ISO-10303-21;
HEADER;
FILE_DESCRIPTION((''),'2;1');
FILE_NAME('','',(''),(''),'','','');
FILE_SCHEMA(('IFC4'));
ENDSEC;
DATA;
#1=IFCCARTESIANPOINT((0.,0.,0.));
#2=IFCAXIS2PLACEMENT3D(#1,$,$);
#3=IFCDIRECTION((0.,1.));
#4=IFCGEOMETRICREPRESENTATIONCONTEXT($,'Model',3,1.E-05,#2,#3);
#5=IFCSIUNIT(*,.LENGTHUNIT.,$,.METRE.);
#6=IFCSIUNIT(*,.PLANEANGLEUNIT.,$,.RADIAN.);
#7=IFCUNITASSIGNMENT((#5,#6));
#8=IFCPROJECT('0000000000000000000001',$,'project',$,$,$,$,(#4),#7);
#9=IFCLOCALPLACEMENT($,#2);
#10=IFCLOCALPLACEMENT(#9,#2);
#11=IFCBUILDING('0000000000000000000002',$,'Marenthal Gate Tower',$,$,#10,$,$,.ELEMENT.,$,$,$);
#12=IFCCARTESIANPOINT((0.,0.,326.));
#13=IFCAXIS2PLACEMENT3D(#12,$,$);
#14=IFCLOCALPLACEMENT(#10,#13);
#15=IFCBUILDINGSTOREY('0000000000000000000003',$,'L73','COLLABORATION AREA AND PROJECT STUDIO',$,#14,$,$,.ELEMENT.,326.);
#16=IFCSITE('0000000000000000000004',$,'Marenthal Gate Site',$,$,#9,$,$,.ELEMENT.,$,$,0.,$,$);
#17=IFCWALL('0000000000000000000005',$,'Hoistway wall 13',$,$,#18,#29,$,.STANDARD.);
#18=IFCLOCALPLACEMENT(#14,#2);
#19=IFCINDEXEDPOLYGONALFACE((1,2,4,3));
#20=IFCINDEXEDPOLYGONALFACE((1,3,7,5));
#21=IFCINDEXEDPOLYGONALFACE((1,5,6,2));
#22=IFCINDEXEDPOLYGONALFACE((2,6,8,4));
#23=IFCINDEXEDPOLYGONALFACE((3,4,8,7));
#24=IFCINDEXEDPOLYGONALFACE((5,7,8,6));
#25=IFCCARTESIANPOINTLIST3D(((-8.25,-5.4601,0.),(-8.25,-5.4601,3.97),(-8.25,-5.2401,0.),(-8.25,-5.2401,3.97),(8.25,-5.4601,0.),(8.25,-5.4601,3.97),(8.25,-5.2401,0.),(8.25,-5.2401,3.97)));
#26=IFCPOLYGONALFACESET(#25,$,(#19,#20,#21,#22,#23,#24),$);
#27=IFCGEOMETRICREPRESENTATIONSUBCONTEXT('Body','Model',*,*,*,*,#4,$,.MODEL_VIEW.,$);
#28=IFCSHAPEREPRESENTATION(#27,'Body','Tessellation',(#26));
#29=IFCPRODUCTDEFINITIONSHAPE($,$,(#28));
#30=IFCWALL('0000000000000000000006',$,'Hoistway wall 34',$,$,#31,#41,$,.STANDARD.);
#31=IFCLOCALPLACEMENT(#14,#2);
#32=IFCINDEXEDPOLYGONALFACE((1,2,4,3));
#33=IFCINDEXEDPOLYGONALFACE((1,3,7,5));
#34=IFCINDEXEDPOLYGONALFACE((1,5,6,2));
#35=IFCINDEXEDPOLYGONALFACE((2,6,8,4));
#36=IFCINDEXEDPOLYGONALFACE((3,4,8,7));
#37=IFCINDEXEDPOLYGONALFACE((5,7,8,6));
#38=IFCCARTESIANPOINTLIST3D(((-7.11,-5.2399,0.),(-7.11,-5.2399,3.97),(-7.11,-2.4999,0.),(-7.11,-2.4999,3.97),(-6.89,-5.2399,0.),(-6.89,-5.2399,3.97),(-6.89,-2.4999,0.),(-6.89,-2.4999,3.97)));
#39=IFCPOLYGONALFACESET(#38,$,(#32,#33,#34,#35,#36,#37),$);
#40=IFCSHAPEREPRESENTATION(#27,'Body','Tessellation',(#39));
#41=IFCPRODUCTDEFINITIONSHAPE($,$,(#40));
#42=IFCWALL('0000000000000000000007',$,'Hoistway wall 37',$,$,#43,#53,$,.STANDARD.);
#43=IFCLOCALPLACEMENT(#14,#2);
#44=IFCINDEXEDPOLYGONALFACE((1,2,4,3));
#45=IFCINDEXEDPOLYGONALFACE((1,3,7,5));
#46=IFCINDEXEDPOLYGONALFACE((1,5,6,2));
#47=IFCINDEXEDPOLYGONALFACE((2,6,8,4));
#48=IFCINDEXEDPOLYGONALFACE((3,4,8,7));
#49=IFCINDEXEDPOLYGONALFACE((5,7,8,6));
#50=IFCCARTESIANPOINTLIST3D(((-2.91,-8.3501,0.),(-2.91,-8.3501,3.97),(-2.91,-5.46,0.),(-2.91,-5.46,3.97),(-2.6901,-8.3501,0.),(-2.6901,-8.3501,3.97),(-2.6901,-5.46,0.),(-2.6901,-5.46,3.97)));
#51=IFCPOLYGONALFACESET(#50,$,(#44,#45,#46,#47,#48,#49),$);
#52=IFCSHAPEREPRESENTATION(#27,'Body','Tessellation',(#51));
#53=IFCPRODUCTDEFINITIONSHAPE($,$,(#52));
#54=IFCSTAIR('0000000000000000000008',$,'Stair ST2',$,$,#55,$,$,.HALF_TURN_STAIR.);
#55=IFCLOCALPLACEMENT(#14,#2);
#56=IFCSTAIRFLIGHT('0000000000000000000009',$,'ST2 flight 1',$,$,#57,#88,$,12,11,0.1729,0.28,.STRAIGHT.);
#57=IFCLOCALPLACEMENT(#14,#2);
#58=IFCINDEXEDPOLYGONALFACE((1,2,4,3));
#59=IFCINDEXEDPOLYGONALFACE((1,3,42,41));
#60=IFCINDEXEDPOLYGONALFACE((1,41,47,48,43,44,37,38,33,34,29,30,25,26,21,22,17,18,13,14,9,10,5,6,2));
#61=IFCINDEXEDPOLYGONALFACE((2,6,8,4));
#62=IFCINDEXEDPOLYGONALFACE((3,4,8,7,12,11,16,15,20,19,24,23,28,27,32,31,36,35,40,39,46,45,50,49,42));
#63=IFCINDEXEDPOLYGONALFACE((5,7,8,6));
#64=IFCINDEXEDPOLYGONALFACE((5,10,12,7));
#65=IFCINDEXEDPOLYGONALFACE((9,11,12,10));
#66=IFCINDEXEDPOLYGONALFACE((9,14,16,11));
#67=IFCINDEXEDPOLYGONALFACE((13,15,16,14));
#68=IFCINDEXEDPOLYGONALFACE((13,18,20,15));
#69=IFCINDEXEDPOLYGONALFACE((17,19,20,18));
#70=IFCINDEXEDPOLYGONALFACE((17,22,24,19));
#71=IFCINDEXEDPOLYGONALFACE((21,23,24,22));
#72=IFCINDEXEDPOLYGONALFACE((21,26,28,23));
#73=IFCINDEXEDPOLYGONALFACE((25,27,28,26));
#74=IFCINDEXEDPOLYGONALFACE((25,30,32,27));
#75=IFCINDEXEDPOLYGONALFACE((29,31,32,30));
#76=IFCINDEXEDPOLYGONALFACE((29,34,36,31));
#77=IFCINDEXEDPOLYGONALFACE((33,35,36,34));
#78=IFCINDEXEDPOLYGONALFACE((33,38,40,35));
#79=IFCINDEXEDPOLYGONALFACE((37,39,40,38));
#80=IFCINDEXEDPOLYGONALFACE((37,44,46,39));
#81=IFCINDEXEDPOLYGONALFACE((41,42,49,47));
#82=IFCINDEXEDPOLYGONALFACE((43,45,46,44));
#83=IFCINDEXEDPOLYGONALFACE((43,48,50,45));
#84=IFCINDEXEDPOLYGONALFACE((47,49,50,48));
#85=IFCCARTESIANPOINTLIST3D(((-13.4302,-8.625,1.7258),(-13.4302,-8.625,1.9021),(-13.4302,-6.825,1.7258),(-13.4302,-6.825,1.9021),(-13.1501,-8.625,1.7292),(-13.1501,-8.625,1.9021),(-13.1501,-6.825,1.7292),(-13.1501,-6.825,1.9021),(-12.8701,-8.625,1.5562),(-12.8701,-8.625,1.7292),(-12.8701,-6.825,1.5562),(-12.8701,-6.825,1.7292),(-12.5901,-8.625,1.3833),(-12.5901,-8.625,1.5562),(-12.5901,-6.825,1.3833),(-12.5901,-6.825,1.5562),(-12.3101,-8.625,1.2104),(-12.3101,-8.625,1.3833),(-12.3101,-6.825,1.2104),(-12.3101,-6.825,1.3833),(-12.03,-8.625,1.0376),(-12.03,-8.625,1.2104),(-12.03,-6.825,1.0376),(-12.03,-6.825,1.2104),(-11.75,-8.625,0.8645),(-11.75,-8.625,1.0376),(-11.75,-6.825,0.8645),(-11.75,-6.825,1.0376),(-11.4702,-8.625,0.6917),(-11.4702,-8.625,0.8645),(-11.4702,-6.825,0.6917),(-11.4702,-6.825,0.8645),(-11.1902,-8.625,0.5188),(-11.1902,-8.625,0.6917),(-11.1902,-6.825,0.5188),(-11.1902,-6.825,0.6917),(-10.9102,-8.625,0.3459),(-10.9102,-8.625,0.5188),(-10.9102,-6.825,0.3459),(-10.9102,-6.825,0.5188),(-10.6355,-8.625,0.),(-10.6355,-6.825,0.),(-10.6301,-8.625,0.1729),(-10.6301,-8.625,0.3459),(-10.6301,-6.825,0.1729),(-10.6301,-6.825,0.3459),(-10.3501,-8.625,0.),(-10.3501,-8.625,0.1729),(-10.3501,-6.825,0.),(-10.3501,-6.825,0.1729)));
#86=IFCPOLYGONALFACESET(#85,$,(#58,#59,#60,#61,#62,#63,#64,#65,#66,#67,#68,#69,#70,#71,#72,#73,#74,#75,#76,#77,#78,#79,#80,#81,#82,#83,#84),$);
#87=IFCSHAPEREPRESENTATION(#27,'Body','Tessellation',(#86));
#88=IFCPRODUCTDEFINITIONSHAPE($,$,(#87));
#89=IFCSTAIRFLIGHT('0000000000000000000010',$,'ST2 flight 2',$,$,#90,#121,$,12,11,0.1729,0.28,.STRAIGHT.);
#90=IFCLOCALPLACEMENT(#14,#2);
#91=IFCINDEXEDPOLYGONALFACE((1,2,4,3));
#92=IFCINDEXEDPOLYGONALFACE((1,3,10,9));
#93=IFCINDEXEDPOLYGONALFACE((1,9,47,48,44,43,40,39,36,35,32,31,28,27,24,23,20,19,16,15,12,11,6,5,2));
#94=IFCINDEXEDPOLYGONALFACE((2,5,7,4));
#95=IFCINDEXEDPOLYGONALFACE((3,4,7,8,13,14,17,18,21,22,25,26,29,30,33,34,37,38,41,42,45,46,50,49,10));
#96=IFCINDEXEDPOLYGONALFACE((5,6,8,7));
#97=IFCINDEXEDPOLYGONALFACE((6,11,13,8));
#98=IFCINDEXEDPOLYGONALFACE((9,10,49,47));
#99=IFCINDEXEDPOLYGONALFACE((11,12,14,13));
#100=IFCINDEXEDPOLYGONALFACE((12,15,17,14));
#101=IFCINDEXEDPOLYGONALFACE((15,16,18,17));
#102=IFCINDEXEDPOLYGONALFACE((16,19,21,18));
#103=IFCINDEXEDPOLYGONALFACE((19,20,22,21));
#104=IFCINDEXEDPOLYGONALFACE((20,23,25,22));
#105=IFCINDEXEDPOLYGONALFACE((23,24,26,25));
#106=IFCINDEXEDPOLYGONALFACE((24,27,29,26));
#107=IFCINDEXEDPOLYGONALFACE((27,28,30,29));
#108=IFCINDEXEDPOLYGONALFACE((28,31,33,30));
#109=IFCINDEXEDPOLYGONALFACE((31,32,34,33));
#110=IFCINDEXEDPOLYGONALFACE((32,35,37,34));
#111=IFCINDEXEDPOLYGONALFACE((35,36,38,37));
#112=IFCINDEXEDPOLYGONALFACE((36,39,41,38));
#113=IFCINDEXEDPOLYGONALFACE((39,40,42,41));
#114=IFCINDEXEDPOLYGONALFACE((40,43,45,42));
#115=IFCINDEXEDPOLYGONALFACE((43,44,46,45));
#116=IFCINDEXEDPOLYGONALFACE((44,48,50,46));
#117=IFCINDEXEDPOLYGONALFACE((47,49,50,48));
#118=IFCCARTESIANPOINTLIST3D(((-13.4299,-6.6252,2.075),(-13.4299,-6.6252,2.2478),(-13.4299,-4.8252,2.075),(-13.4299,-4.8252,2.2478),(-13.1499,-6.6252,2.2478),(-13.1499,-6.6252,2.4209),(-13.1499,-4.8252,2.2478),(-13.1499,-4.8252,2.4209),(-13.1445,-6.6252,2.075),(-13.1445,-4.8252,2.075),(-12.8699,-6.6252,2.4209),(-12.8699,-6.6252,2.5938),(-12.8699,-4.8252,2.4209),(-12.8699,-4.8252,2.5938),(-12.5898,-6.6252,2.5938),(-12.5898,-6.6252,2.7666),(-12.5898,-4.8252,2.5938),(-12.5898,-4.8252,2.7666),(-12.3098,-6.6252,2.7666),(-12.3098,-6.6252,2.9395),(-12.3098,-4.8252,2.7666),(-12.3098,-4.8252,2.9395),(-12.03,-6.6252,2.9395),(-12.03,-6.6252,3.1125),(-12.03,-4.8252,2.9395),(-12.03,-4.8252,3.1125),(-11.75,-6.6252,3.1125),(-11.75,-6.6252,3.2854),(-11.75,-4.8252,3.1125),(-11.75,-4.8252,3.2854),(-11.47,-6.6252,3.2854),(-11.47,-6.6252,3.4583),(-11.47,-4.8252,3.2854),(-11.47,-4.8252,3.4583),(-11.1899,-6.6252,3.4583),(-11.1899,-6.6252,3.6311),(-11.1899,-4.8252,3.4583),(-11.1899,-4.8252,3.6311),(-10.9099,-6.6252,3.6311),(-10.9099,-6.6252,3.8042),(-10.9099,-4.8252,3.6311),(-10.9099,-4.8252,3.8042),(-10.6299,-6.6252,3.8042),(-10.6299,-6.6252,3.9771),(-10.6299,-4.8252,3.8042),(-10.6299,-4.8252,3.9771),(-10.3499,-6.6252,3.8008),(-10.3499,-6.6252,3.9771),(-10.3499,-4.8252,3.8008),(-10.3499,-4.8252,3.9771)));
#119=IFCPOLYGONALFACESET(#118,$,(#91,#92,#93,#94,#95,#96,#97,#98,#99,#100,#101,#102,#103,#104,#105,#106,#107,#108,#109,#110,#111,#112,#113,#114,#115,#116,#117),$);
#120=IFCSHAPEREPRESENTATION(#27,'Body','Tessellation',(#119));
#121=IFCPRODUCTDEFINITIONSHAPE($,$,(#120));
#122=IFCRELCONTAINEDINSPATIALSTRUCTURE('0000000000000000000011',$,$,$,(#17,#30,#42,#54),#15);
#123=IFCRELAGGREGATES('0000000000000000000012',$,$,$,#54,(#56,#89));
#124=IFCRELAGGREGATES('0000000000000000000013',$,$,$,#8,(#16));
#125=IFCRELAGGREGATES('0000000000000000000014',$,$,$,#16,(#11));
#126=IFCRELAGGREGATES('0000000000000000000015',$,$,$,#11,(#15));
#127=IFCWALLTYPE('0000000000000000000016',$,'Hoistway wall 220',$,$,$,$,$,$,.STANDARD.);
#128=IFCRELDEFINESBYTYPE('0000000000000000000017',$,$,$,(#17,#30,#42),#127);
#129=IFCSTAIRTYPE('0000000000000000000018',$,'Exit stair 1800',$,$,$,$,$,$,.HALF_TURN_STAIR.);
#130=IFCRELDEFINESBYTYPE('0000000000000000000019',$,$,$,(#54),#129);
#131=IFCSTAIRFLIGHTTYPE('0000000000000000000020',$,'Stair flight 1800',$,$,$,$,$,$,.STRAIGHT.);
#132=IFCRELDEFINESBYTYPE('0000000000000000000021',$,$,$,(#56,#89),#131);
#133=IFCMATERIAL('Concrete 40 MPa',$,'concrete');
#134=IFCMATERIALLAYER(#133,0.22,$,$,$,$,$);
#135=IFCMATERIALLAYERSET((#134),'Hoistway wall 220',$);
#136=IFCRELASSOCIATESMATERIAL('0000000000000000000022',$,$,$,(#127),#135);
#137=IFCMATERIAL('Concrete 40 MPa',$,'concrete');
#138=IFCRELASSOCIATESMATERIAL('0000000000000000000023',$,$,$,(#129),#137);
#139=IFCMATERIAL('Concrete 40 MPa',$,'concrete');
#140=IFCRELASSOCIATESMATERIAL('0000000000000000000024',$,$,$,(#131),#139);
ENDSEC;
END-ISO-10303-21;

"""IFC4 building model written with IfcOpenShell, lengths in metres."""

from ifc_helpers import new_model, si_unit, direction, frame, frame_2d, origin, place, context, subcontext, project, spatial, polyline, rectangle, outline, extrude, material, layer, layer_set, type_object, element, aggregate, save


model = new_model("IFC4")

# Units and contexts
model_context = context("Model", 3, precision=1e-05, world=origin(), true_north=direction((0.0, 1.0)))
body_context = subcontext(model_context, "Body", "Model", "MODEL_VIEW")
ifc_project = project(units=[si_unit("LENGTHUNIT", "METRE"), si_unit("PLANEANGLEUNIT", "RADIAN")], contexts=[model_context])

# Site, building, storey
site_placement = place(None, origin())
site = spatial("IfcSite", under=ifc_project, at=site_placement, Name="Marenthal Gate Site", CompositionType="ELEMENT", RefElevation=0.0)
building_placement = place(site_placement, origin())
building = spatial("IfcBuilding", under=site, at=building_placement, Name="Marenthal Gate Tower", CompositionType="ELEMENT")
storey_placement = place(building_placement, frame((0.0, 0.0, 326.0)))
storey = spatial("IfcBuildingStorey", under=building, at=storey_placement, Name="L73", Description="COLLABORATION AREA AND PROJECT STUDIO", CompositionType="ELEMENT", Elevation=326.0)

# Shared definitions
ifc_material_1 = material(Name="Concrete 40 MPa", Category="concrete")
ifc_layer_1 = layer(ifc_material_1, 0.22)
ifc_layer_set_1 = layer_set([ifc_layer_1], Name="Hoistway wall 220")
wall_type_1 = type_object("IfcWallType", Name="Hoistway wall 220", PredefinedType="STANDARD", material=ifc_layer_set_1)

# Walls
wall_1_placement = place(storey_placement, frame((-8.25, -5.3501, 0.0), z_axis=(0.0, 0.0, 1.0), x_axis=(1.0, 0.0, 0.0)))
element("IfcWall", 1, at=wall_1_placement, inside=storey, type_object=wall_type_1, Name="Hoistway wall 13", PredefinedType="STANDARD", context=body_context, shape_type="SweptSolid", body=[
    extrude(rectangle(XDim=16.5, YDim=0.22, at=frame_2d((8.25, 0.0))), origin(), (0.0, 0.0, 1.0), 3.97),
])
wall_2_placement = place(storey_placement, frame((-7.0, -5.24, 0.0), z_axis=(0.0, 0.0, 1.0), x_axis=(0.0, 1.0, 0.0)))
element("IfcWall", 2, at=wall_2_placement, inside=storey, type_object=wall_type_1, Name="Hoistway wall 34", PredefinedType="STANDARD", context=body_context, shape_type="SweptSolid", body=[
    extrude(rectangle(XDim=2.74, YDim=0.22, at=frame_2d((1.3701, 0.0))), origin(), (0.0, 0.0, 1.0), 3.97),
])
wall_3_placement = place(storey_placement, frame((-2.8, -8.3501, 0.0), z_axis=(0.0, 0.0, 1.0), x_axis=(0.0, 1.0, 0.0)))
element("IfcWall", 3, at=wall_3_placement, inside=storey, type_object=wall_type_1, Name="Hoistway wall 37", PredefinedType="STANDARD", context=body_context, shape_type="SweptSolid", body=[
    extrude(rectangle(XDim=2.8901, YDim=0.22, at=frame_2d((1.4451, 0.0))), origin(), (0.0, 0.0, 1.0), 3.97),
])

# Stair, stair flights
ifc_material_2 = material(Name="Concrete 40 MPa", Category="concrete")
stair_type = type_object("IfcStairType", Name="Exit stair 1800", PredefinedType="HALF_TURN_STAIR", material=ifc_material_2)
stair_placement = place(storey_placement, origin())
stair = element("IfcStair", 4, at=stair_placement, inside=storey, type_object=stair_type, Name="Stair ST2", PredefinedType="HALF_TURN_STAIR")
ifc_material_3 = material(Name="Concrete 40 MPa", Category="concrete")
stair_flight_type = type_object("IfcStairFlightType", Name="Stair flight 1800", PredefinedType="STRAIGHT", material=ifc_material_3)
stair_flight_1_placement = place(storey_placement, frame((-10.3501, -7.7251, 0.0), z_axis=(0.0, 0.0, 1.0), x_axis=(-1.0, 0.0, 0.0)))
stair_flight_1 = element("IfcStairFlight", 5, at=stair_flight_1_placement, type_object=stair_flight_type, Name="ST2 flight 1", NumberOfRisers=12, NumberOfTreads=11, PredefinedType="STRAIGHT", RiserHeight=0.1729, TreadLength=0.28, context=body_context, shape_type="SweptSolid", body=[
    extrude(outline(polyline([(0.0, 0.0), (0.0, 0.1729), (0.28, 0.1729), (0.28, 0.3459), (0.5601, 0.3459), (0.5601, 0.5188), (0.8401, 0.5188), (0.8401, 0.6917), (1.1201, 0.6917), (1.1201, 0.8645), (1.3999, 0.8645), (1.3999, 1.0376), (1.6799, 1.0376), (1.6799, 1.2104), (1.96, 1.2104), (1.96, 1.3833), (2.24, 1.3833), (2.24, 1.5562), (2.52, 1.5562), (2.52, 1.7292), (2.8, 1.7292), (2.8, 1.9021), (3.0801, 1.9021), (3.0801, 2.075), (3.0801, 1.7258), (0.2854, 0.0), (0.0, 0.0)])), frame((0.0, 0.8999, 0.0), z_axis=(0.0, -1.0, 0.0), x_axis=(1.0, 0.0, 0.0)), (0.0, 0.0, 1.0), 1.8),
])
stair_flight_2_placement = place(storey_placement, frame((-13.4299, -5.7251, 2.075), z_axis=(0.0, 0.0, 1.0), x_axis=(1.0, 0.0, 0.0)))
stair_flight_2 = element("IfcStairFlight", 6, at=stair_flight_2_placement, type_object=stair_flight_type, Name="ST2 flight 2", NumberOfRisers=12, NumberOfTreads=11, PredefinedType="STRAIGHT", RiserHeight=0.1729, TreadLength=0.28, context=body_context, shape_type="SweptSolid", body=[
    extrude(outline(polyline([(0.0, 0.0), (0.0, 0.1729), (0.28, 0.1729), (0.28, 0.3459), (0.5601, 0.3459), (0.5601, 0.5188), (0.8401, 0.5188), (0.8401, 0.6917), (1.1201, 0.6917), (1.1201, 0.8645), (1.3999, 0.8645), (1.3999, 1.0376), (1.6799, 1.0376), (1.6799, 1.2104), (1.96, 1.2104), (1.96, 1.3833), (2.24, 1.3833), (2.24, 1.5562), (2.52, 1.5562), (2.52, 1.7292), (2.8, 1.7292), (2.8, 1.9021), (3.0801, 1.9021), (3.0801, 2.075), (3.0801, 1.7258), (0.2854, 0.0), (0.0, 0.0)])), frame((0.0, 0.8999, 0.0), z_axis=(0.0, -1.0, 0.0), x_axis=(1.0, 0.0, 0.0)), (0.0, 0.0, 1.0), 1.8),
])
aggregate(stair, [stair_flight_1, stair_flight_2])

save(model, "model.ifc")
